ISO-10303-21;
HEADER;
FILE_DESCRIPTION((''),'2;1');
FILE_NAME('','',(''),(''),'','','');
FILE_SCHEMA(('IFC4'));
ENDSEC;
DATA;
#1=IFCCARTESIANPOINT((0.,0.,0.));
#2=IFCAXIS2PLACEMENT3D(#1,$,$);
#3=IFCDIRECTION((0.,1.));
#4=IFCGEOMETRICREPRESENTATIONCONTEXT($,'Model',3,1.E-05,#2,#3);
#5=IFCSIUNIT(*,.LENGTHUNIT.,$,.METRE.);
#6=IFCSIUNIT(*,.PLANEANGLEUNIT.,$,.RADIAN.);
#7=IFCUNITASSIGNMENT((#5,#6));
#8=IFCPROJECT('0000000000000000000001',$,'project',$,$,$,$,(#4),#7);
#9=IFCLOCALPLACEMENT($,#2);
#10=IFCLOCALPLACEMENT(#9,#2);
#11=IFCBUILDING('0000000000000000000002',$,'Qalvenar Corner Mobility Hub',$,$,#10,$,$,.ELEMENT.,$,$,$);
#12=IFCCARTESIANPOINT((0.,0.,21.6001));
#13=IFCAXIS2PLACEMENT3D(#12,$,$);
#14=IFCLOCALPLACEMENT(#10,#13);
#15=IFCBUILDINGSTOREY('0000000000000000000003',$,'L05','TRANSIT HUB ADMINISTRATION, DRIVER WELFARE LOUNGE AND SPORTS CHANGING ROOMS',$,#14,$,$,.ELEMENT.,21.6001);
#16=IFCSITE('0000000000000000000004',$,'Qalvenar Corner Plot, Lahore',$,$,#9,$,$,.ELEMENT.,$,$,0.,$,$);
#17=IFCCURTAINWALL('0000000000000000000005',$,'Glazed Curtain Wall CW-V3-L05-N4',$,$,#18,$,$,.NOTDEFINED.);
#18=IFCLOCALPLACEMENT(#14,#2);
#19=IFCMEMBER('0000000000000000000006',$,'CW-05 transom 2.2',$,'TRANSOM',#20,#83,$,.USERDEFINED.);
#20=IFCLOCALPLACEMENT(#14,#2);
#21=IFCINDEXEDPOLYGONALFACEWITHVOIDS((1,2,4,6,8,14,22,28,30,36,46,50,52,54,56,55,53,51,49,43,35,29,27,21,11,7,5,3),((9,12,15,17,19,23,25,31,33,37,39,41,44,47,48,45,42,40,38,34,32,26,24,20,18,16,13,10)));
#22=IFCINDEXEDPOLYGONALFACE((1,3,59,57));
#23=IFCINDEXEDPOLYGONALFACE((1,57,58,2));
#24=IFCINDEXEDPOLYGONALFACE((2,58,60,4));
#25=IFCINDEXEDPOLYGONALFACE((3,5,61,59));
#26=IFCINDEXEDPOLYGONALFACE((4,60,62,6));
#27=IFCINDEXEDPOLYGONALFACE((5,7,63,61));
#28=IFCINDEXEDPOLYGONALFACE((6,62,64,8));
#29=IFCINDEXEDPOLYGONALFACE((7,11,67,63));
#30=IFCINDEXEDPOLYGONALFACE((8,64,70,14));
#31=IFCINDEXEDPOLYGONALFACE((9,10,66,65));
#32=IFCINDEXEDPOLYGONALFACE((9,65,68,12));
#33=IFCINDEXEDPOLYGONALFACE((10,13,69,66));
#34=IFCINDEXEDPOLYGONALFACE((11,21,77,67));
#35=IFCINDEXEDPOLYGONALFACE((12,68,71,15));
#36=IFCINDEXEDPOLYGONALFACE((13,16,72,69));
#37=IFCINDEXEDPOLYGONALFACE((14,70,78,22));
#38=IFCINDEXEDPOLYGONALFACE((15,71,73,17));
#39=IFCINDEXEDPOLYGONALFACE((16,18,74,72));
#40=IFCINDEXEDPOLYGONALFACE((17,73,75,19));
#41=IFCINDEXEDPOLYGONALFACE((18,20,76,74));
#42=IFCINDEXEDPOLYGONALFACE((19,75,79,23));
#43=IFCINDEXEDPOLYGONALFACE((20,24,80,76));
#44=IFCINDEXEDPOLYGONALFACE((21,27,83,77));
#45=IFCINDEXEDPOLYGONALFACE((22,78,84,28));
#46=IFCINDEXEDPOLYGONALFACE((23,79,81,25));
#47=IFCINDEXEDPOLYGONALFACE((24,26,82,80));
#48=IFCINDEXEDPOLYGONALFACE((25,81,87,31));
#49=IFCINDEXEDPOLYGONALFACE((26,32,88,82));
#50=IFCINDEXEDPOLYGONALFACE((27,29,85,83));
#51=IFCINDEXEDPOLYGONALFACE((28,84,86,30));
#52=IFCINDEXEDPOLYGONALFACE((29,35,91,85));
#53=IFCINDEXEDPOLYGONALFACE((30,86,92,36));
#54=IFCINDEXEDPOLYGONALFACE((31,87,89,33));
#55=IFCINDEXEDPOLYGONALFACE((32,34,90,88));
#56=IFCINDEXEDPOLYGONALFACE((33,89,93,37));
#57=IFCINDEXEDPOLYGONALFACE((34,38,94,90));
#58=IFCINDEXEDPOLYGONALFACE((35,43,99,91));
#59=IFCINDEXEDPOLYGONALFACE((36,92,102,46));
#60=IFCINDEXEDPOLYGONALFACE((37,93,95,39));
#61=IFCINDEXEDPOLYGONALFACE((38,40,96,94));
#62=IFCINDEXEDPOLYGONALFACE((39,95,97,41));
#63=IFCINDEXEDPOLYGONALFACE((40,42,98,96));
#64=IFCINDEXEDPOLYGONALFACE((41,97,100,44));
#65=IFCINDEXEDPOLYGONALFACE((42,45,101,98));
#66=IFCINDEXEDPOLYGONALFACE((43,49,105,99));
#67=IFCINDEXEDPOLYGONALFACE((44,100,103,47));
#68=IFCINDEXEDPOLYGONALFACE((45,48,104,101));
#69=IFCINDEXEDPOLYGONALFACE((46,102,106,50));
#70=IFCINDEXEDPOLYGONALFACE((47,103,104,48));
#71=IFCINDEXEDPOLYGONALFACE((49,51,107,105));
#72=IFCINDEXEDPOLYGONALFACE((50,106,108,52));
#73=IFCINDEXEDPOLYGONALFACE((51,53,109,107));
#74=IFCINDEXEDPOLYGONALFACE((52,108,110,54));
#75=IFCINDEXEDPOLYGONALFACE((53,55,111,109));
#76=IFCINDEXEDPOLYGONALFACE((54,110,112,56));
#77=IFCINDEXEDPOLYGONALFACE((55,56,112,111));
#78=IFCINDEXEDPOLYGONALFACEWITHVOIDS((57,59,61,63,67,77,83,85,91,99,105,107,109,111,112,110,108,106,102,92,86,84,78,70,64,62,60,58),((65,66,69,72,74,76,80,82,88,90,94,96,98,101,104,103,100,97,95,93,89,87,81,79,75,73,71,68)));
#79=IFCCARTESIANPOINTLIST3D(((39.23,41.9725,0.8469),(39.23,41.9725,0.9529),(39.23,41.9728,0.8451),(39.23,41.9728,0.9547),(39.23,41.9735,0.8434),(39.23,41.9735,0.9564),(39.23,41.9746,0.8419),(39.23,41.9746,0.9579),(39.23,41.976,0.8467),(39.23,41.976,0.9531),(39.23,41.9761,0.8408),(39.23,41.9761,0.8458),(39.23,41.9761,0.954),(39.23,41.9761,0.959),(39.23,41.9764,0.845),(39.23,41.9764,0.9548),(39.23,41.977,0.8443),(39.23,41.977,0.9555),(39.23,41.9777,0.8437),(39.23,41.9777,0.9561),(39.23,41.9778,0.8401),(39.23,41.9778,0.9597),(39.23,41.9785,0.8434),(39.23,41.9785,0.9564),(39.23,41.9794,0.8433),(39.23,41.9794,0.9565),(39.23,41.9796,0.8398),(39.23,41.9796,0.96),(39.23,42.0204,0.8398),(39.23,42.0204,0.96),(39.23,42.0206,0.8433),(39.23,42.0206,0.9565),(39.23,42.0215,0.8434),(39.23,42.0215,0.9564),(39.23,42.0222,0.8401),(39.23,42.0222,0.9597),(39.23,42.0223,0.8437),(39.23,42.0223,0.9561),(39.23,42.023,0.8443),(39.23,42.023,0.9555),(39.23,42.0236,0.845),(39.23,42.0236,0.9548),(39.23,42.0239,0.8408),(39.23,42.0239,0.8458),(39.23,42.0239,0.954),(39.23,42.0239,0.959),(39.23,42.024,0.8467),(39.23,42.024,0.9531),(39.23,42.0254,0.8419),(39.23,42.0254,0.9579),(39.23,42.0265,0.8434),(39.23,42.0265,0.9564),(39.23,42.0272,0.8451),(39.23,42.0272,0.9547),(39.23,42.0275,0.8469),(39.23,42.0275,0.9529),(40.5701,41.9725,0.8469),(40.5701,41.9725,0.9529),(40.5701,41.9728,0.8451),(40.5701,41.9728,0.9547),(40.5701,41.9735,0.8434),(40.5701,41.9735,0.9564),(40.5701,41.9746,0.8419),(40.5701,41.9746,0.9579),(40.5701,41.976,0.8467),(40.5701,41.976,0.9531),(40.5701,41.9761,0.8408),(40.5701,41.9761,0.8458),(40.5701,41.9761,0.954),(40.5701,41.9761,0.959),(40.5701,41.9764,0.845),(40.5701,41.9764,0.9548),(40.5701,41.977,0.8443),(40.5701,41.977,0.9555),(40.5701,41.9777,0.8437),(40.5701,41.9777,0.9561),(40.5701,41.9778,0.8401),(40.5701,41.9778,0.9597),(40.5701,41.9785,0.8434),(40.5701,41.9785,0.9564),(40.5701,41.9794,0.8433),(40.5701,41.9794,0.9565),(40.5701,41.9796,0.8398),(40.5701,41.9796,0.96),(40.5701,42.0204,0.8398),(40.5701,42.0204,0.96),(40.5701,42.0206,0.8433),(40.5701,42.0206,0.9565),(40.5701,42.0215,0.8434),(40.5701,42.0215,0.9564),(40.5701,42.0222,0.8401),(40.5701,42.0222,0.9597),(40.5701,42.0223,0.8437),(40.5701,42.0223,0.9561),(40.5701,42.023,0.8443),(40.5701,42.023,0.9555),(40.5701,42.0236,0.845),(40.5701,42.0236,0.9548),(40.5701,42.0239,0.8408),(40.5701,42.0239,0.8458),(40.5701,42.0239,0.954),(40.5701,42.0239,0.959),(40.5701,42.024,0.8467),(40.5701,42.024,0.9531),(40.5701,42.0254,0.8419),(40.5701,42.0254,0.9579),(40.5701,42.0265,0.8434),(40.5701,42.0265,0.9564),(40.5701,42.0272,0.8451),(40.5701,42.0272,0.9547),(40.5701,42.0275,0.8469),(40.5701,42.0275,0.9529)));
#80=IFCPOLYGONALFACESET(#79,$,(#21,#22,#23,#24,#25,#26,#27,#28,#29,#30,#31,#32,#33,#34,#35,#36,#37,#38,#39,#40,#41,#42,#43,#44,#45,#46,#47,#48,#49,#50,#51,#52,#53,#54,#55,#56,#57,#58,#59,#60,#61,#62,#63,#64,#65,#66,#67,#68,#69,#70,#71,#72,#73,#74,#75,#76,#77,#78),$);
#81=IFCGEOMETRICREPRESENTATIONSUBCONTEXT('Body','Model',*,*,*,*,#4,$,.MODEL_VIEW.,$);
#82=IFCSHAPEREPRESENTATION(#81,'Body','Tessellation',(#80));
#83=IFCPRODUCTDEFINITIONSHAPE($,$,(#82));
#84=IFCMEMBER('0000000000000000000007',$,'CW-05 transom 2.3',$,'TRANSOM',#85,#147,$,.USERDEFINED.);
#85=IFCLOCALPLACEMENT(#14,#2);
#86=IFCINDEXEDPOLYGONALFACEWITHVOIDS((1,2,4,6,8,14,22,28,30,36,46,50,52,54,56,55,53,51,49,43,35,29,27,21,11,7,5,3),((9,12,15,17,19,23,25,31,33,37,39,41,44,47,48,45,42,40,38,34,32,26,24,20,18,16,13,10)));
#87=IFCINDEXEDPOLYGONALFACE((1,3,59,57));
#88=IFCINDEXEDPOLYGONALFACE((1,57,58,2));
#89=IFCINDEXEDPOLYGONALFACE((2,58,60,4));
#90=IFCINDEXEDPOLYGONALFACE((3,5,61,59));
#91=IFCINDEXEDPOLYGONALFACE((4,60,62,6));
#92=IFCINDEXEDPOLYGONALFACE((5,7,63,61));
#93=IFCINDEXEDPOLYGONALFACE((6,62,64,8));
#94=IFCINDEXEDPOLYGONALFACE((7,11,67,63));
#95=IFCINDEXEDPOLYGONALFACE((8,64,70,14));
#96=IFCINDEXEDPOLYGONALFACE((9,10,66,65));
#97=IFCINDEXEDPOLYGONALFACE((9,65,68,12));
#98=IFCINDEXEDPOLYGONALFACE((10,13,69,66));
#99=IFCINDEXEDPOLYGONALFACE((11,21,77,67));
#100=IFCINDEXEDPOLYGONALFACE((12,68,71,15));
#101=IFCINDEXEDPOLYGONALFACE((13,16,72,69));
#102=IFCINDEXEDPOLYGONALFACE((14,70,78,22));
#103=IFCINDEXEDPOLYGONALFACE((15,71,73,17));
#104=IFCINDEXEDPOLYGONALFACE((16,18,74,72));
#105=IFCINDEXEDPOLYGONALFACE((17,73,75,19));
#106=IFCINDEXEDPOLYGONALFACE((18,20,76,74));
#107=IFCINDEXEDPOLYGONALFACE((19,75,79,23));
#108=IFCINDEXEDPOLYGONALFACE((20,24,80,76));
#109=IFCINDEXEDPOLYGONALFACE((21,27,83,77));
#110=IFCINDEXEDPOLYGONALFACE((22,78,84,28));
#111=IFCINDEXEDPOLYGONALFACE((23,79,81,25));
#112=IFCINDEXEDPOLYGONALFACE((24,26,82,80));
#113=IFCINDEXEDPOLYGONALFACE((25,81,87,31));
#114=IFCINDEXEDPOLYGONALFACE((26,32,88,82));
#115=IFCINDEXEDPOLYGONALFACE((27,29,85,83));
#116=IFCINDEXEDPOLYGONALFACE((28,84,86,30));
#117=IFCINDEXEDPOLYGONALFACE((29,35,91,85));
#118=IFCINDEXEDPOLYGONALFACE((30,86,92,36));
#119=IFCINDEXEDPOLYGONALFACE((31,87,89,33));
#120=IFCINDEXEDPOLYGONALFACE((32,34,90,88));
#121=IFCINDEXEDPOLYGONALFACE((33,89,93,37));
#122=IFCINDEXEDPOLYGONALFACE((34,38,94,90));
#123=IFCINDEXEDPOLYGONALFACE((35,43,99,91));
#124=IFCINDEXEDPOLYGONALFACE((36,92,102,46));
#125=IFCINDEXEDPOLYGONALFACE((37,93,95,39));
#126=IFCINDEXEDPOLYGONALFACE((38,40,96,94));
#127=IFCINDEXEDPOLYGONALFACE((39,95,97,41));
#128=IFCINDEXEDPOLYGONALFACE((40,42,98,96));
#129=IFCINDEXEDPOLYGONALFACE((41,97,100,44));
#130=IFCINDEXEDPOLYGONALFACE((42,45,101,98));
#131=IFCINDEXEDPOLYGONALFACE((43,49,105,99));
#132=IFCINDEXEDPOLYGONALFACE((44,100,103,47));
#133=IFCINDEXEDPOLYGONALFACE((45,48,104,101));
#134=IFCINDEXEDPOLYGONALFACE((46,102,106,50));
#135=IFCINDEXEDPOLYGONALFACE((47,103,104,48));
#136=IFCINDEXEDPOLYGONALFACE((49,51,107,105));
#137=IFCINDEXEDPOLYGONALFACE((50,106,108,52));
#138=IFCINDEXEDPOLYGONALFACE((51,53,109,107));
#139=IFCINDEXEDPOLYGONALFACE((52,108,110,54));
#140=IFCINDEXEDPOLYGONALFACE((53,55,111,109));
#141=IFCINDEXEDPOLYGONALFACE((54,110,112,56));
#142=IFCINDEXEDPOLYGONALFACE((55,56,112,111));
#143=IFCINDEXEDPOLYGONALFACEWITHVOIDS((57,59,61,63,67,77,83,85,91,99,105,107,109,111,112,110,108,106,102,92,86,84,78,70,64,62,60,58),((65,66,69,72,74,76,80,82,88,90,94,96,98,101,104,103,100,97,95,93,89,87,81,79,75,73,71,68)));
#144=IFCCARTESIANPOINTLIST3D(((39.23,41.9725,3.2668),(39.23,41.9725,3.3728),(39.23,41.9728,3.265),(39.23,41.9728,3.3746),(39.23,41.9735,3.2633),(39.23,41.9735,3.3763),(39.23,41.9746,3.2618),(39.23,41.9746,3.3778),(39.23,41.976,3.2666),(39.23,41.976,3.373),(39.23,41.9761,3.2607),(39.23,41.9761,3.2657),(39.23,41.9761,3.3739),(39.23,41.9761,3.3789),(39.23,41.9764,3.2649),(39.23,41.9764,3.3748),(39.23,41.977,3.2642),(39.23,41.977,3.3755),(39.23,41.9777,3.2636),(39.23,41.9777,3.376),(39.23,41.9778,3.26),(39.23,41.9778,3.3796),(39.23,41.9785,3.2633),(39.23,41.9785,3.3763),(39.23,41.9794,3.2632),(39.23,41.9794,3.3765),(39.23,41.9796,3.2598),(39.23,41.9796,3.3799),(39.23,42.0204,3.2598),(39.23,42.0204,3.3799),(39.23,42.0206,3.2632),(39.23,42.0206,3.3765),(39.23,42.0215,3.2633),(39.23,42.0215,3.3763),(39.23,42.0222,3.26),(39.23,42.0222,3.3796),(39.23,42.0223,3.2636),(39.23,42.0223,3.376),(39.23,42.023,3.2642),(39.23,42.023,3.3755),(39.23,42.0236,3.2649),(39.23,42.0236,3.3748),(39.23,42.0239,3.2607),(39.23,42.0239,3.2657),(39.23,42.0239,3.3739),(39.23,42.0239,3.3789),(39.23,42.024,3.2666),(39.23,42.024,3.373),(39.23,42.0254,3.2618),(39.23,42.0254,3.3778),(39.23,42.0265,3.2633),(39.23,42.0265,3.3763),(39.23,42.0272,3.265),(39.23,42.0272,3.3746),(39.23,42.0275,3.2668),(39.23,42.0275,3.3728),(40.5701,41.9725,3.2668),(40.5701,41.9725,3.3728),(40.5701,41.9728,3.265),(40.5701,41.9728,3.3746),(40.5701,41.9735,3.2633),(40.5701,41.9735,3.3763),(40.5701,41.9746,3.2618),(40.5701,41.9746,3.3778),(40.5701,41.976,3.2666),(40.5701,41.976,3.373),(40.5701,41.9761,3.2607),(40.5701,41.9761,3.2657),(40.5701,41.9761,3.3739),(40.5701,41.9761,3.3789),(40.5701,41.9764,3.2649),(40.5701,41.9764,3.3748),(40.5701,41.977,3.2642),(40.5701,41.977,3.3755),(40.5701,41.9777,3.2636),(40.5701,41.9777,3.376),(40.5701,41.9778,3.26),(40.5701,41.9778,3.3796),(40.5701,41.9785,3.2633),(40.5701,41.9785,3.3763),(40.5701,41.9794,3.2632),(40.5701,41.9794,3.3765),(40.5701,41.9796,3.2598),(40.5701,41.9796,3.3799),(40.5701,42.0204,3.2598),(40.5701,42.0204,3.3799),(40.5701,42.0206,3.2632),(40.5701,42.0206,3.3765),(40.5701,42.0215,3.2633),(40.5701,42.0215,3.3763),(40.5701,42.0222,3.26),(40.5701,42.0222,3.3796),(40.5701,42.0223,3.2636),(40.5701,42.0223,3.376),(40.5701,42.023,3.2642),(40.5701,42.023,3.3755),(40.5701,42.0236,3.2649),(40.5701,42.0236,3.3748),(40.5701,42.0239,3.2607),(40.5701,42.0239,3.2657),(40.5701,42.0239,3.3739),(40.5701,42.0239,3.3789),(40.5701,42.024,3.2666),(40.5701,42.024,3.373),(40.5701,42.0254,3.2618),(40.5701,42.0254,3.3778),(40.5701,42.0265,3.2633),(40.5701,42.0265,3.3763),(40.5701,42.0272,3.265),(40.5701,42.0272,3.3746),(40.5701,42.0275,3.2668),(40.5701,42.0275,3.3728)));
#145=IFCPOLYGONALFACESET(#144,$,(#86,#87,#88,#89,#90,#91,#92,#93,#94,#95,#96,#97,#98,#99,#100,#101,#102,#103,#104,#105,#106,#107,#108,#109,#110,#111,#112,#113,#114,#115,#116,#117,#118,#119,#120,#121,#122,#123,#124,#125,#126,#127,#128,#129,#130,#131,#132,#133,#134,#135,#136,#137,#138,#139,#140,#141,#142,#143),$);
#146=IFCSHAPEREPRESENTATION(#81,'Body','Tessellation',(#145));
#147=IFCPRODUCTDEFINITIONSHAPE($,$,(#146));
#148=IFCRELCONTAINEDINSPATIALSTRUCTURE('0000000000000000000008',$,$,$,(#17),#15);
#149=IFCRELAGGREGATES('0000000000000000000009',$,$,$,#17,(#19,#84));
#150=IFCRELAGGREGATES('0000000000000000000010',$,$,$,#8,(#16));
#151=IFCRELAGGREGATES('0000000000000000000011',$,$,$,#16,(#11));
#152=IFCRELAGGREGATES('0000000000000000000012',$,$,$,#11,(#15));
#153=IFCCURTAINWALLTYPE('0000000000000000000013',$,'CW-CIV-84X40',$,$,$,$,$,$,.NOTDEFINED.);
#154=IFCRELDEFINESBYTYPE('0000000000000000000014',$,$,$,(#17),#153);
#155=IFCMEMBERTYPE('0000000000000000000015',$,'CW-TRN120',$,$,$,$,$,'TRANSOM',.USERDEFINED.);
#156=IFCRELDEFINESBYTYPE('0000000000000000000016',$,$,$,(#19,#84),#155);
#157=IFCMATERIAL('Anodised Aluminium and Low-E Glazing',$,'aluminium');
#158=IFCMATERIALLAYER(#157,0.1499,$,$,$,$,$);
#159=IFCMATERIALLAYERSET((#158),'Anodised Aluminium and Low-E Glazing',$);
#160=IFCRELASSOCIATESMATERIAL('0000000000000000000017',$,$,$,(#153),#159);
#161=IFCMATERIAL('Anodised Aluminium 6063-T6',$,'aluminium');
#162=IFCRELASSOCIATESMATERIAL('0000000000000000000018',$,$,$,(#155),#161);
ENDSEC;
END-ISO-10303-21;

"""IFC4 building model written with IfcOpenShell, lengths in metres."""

from ifc_helpers import new_model, si_unit, direction, frame, origin, origin_2d, place, context, subcontext, project, spatial, hollow_rectangle, extrude, material, layer, layer_set, material_profile, profile_set, type_object, element, aggregate, save


model = new_model("IFC4")

# Units and contexts
model_context = context("Model", 3, precision=1e-05, world=origin(), true_north=direction((0.0, 1.0)))
body_context = subcontext(model_context, "Body", "Model", "MODEL_VIEW")
ifc_project = project(units=[si_unit("LENGTHUNIT", "METRE"), si_unit("PLANEANGLEUNIT", "RADIAN")], contexts=[model_context])

# Site, building, storey
site_placement = place(None, origin())
site = spatial("IfcSite", under=ifc_project, at=site_placement, Name="Qalvenar Corner Plot, Lahore", CompositionType="ELEMENT", RefElevation=0.0)
building_placement = place(site_placement, origin())
building = spatial("IfcBuilding", under=site, at=building_placement, Name="Qalvenar Corner Mobility Hub", CompositionType="ELEMENT")
storey_placement = place(building_placement, frame((0.0, 0.0, 21.6001)))
storey = spatial("IfcBuildingStorey", under=building, at=storey_placement, Name="L05", Description="TRANSIT HUB ADMINISTRATION, DRIVER WELFARE LOUNGE AND SPORTS CHANGING ROOMS", CompositionType="ELEMENT", Elevation=21.6001)

# Curtain wall, members
ifc_material_1 = material(Name="Anodised Aluminium and Low-E Glazing", Category="aluminium")
ifc_layer_1 = layer(ifc_material_1, 0.1499)
ifc_layer_set_1 = layer_set([ifc_layer_1], Name="Anodised Aluminium and Low-E Glazing")
curtain_wall_type = type_object("IfcCurtainWallType", Name="CW-CIV-84X40", PredefinedType="NOTDEFINED", material=ifc_layer_set_1)
curtain_wall_placement = place(storey_placement, origin())
curtain_wall = element("IfcCurtainWall", 1, at=curtain_wall_placement, inside=storey, type_object=curtain_wall_type, Name="Glazed Curtain Wall CW-V3-L05-N4", PredefinedType="NOTDEFINED")
ifc_material_2 = material(Name="Anodised Aluminium 6063-T6", Category="aluminium")
ifc_material_profile_1 = material_profile(ifc_material_2, hollow_rectangle(XDim=0.0549, YDim=0.1201, WallThickness=0.0034, InnerFilletRadius=0.0034, OuterFilletRadius=0.0071, at=origin_2d()), Name="RHS120x55x3.5")
ifc_profile_set_1 = profile_set([ifc_material_profile_1], Name="Anodised Aluminium 6063-T6")
member_type_1 = type_object("IfcMemberType", Name="CW-TRN120", ElementType="TRANSOM", PredefinedType="USERDEFINED", material=ifc_profile_set_1)
member_1_placement = place(storey_placement, frame((40.5701, 42.0, 0.8999), z_axis=(-1.0, 0.0, 0.0), x_axis=(0.0, -1.0, 0.0)))
member_1 = element("IfcMember", 2, at=member_1_placement, type_object=member_type_1, Name="CW-05 transom 2.2", ObjectType="TRANSOM", PredefinedType="USERDEFINED", context=body_context, shape_type="SweptSolid", body=[
    extrude(hollow_rectangle(XDim=0.0549, YDim=0.1201, WallThickness=0.0034, InnerFilletRadius=0.0034, OuterFilletRadius=0.0071, at=origin_2d()), origin(), (0.0, 0.0, 1.0), 1.3401),
])
member_2_placement = place(storey_placement, frame((40.5701, 42.0, 3.3198), z_axis=(-1.0, 0.0, 0.0), x_axis=(0.0, -1.0, 0.0)))
member_2 = element("IfcMember", 3, at=member_2_placement, type_object=member_type_1, Name="CW-05 transom 2.3", ObjectType="TRANSOM", PredefinedType="USERDEFINED", context=body_context, shape_type="SweptSolid", body=[
    extrude(hollow_rectangle(XDim=0.0549, YDim=0.1201, WallThickness=0.0034, InnerFilletRadius=0.0034, OuterFilletRadius=0.0071, at=origin_2d()), origin(), (0.0, 0.0, 1.0), 1.3401),
])
aggregate(curtain_wall, [member_1, member_2])

save(model, "model.ifc")
